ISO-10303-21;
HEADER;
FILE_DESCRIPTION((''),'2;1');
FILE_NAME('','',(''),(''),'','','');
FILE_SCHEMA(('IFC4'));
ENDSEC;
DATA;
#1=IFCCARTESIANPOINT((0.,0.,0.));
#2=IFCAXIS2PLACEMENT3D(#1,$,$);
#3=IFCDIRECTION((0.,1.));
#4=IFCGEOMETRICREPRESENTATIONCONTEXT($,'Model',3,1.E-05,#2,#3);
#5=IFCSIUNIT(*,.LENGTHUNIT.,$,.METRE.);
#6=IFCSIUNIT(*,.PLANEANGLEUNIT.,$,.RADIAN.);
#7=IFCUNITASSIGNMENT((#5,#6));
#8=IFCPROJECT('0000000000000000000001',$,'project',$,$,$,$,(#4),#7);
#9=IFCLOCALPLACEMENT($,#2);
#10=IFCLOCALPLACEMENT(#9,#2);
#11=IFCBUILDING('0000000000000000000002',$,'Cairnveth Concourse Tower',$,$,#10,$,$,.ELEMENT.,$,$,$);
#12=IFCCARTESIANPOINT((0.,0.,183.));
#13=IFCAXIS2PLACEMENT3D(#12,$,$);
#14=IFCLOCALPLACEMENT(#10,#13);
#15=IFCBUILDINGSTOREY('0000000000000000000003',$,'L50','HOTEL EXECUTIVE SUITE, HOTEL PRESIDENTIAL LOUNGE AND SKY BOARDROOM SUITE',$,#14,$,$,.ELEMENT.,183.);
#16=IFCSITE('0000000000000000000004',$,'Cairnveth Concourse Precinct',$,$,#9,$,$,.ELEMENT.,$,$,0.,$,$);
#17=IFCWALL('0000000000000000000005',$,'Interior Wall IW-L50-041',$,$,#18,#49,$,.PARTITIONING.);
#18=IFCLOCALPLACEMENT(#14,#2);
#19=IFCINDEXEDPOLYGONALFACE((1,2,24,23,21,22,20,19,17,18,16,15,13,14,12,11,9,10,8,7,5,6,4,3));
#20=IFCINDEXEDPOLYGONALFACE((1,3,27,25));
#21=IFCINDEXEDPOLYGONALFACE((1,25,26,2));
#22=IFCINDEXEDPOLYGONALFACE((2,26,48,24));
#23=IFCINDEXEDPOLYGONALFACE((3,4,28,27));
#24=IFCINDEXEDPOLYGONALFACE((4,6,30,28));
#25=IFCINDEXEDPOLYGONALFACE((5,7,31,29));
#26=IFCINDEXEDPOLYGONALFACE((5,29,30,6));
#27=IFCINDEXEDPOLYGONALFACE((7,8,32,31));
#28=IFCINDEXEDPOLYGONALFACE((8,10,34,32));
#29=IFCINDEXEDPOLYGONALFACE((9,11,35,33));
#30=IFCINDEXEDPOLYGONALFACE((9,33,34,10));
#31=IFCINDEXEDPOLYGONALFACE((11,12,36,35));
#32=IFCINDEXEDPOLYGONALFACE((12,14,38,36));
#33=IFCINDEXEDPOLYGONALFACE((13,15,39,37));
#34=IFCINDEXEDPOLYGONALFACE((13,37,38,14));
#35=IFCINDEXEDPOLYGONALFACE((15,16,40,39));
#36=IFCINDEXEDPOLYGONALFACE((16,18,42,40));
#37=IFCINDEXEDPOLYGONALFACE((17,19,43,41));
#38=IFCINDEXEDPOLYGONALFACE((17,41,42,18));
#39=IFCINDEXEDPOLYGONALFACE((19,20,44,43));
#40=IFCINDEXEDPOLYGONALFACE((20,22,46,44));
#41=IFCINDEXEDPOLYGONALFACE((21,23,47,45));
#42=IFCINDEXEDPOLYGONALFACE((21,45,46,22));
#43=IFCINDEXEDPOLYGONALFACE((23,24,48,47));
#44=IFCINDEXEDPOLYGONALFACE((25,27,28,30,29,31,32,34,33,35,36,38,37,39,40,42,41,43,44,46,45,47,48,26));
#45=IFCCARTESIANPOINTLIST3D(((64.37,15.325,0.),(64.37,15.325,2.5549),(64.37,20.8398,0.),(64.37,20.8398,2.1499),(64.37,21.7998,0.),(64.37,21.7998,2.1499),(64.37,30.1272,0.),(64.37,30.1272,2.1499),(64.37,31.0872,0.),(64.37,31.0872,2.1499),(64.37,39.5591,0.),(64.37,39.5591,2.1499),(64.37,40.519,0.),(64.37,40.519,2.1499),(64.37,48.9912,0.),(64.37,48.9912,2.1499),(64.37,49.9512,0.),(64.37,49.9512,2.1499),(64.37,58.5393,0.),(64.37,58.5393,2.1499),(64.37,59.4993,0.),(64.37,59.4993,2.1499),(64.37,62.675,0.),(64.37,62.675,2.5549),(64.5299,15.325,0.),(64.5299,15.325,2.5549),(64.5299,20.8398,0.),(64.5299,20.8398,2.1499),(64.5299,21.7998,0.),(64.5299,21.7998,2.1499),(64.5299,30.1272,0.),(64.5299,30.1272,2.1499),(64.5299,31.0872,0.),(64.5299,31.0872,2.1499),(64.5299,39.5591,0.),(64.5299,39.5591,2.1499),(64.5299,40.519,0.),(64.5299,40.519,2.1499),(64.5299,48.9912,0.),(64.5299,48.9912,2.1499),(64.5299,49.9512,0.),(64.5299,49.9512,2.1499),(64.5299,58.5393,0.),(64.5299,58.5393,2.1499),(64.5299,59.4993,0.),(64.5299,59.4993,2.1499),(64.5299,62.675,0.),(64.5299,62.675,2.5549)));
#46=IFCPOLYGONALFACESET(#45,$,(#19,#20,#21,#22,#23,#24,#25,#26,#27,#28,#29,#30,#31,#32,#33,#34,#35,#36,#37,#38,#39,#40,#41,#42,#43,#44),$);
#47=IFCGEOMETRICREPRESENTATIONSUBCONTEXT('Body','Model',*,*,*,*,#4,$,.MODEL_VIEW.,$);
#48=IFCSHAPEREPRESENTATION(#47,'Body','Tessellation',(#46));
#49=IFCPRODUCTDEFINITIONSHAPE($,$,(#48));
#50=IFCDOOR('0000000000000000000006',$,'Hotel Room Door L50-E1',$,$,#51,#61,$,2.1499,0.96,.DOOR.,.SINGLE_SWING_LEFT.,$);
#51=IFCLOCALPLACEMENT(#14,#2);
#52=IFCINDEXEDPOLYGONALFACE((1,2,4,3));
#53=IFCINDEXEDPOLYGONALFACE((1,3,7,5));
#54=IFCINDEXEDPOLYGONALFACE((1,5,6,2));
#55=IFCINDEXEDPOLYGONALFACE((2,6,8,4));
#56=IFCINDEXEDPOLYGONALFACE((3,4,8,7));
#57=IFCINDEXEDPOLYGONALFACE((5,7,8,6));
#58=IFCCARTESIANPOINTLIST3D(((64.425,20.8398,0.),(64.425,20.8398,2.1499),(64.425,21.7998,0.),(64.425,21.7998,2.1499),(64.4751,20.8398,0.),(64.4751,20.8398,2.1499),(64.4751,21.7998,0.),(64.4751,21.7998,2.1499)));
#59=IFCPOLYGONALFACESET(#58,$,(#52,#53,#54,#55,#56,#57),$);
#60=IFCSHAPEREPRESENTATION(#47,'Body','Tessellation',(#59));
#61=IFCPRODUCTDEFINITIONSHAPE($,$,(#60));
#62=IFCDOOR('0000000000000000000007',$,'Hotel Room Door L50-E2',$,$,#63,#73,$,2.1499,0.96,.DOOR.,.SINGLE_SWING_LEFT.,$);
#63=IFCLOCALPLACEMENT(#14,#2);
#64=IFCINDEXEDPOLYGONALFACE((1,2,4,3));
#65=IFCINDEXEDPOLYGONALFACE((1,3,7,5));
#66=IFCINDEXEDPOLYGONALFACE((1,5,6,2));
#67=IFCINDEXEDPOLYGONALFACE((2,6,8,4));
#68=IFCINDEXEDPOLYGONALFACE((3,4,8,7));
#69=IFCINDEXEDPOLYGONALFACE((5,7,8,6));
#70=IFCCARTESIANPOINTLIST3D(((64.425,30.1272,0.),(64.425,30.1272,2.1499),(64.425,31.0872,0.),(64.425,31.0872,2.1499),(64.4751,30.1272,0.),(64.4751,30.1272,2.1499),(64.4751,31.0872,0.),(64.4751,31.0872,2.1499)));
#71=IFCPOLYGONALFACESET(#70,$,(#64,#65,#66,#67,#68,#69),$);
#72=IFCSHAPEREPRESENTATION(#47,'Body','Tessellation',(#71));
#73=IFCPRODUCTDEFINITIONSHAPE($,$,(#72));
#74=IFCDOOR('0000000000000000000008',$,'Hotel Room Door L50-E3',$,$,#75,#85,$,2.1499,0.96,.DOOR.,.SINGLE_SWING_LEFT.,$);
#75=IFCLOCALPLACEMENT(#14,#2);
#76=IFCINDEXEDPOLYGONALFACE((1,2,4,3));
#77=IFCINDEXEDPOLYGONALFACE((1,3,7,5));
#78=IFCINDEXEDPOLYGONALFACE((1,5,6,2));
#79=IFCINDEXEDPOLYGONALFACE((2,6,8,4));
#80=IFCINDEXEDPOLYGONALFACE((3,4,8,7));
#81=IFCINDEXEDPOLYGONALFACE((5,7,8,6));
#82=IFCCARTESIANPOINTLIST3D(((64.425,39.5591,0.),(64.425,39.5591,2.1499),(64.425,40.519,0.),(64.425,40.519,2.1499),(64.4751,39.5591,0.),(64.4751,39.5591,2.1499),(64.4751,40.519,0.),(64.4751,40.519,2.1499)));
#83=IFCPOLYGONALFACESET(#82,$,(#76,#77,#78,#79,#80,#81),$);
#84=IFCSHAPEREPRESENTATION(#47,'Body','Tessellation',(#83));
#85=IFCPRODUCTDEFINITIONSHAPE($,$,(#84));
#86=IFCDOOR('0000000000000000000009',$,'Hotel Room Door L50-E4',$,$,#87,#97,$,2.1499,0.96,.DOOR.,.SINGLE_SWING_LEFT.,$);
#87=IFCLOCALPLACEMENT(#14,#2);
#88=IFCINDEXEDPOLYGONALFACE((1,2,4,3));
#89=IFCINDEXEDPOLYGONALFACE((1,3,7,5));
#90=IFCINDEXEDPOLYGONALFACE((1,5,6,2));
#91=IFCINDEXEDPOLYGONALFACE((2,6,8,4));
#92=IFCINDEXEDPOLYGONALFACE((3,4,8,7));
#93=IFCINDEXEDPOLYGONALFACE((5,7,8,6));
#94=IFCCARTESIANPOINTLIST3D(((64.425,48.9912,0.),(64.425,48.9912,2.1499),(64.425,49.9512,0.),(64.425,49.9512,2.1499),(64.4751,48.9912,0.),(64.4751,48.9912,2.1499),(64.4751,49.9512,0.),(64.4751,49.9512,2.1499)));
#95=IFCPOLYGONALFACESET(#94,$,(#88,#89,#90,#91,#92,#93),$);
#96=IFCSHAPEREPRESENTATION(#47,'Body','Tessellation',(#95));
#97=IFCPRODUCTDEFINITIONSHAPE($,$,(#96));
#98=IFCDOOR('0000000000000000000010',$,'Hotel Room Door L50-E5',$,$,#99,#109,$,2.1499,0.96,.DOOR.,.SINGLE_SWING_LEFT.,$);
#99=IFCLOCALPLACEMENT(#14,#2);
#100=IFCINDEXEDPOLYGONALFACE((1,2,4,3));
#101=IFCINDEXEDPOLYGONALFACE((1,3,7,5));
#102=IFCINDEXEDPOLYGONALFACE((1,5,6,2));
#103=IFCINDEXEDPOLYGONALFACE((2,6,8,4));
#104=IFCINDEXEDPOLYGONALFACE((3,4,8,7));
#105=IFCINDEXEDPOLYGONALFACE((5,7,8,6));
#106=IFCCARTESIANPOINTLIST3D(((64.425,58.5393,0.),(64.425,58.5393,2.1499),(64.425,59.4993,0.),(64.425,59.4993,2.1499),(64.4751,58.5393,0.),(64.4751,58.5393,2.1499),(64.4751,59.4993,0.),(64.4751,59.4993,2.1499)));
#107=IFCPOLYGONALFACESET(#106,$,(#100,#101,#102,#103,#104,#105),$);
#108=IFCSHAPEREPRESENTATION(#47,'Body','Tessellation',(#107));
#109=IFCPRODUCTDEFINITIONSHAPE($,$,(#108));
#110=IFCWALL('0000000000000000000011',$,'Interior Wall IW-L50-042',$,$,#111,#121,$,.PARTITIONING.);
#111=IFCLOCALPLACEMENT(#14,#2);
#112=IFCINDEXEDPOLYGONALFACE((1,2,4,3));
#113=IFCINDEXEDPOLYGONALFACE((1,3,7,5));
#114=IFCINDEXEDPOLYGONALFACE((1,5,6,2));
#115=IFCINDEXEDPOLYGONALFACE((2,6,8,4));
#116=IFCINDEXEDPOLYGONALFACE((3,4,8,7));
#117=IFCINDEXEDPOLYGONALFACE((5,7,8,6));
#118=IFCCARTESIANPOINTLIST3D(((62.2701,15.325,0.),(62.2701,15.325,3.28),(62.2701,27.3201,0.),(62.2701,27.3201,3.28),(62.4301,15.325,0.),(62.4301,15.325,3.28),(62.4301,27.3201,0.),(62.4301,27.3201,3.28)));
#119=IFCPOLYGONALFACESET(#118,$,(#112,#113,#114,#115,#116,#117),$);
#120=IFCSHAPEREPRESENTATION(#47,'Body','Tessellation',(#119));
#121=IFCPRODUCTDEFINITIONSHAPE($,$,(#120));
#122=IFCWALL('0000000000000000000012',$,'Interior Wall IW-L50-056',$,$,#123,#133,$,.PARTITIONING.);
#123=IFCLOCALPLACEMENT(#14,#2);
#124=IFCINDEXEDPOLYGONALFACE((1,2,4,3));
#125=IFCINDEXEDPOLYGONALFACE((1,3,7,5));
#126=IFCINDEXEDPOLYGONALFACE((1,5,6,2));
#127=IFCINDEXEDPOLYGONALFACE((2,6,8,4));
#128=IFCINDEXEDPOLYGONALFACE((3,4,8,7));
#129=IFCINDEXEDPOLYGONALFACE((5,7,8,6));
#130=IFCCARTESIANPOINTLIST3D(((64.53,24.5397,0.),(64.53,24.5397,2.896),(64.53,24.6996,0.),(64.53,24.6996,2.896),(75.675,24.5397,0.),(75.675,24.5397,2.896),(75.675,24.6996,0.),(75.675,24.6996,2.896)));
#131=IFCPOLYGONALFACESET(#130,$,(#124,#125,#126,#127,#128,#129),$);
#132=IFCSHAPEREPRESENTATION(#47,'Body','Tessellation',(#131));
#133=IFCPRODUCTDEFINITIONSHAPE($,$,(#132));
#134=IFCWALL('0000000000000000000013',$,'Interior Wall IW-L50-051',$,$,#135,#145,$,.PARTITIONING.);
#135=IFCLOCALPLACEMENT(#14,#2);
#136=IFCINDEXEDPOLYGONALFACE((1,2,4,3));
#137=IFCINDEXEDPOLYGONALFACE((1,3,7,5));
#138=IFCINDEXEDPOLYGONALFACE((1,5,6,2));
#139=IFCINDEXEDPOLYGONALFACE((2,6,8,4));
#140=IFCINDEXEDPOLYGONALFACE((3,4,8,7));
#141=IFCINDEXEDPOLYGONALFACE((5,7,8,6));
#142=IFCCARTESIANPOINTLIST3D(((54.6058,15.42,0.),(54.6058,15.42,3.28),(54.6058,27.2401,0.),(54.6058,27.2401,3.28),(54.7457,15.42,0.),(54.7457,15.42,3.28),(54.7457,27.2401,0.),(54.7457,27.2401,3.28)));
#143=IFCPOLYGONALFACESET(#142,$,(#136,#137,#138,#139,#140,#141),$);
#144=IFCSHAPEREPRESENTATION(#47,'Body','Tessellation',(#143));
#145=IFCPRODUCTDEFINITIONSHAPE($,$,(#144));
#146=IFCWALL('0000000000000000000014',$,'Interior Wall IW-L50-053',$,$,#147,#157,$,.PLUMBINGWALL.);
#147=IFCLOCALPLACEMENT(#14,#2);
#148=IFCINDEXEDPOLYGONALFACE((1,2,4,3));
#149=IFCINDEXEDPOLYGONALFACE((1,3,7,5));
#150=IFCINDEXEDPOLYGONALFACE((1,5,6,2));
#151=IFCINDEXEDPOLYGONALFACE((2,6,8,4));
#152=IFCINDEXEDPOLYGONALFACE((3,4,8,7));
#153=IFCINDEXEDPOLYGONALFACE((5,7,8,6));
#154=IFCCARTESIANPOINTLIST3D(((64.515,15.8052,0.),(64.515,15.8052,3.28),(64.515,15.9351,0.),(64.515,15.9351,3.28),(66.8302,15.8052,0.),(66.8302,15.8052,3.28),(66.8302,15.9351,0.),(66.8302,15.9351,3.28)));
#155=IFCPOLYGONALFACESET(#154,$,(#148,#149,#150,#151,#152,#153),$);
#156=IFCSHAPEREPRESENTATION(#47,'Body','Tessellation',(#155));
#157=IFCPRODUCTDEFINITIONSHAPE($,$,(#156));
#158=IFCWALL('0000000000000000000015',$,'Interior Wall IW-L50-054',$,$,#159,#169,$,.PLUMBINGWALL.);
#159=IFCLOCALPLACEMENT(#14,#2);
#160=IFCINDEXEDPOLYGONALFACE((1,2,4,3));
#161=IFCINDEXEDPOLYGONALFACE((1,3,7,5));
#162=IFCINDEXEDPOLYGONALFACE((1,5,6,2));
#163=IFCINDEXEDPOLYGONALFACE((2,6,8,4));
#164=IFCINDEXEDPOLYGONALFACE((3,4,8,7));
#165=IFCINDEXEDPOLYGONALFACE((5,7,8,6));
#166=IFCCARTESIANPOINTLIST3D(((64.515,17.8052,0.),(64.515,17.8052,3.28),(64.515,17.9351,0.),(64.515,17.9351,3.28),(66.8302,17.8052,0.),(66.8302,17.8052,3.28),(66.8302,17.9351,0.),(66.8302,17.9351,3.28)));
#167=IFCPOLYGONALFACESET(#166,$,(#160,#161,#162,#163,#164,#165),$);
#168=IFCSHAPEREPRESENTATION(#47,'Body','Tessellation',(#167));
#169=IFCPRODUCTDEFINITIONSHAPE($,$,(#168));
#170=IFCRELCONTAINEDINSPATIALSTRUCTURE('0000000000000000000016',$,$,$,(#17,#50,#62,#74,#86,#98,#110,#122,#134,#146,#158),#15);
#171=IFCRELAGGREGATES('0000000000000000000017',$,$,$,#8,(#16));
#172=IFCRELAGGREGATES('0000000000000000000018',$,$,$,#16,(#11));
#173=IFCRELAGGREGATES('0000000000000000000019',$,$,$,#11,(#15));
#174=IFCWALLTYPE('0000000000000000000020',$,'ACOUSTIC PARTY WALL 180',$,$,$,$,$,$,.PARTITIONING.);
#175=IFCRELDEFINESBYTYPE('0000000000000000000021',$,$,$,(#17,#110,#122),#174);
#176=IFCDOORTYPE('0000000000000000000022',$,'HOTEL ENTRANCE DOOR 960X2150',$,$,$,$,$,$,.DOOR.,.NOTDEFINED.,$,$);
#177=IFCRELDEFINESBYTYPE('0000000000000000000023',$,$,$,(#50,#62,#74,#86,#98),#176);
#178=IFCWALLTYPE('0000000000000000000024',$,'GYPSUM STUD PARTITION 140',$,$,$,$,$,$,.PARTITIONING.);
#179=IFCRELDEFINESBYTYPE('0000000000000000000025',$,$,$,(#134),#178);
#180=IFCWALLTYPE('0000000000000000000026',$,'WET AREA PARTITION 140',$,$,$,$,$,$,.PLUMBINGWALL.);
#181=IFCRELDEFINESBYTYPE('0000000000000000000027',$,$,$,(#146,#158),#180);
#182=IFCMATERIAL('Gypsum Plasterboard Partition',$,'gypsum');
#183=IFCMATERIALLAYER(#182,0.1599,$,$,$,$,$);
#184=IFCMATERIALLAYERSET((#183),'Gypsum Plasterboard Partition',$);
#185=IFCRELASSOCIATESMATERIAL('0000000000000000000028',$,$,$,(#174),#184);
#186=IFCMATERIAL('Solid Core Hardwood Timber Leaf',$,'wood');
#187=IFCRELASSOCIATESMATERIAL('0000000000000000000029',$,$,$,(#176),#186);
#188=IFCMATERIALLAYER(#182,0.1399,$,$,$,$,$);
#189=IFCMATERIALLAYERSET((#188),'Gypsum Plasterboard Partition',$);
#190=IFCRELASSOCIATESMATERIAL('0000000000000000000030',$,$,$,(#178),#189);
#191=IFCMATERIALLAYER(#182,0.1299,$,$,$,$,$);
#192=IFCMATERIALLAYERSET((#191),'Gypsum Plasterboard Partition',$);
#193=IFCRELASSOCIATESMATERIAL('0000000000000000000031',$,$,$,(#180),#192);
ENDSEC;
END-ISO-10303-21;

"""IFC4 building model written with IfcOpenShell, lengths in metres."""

from ifc_helpers import new_model, si_unit, direction, frame, frame_2d, origin, place, context, subcontext, project, spatial, rectangle, extrude, material, layer, layer_set, type_object, element, fill, save


model = new_model("IFC4")

# Units and contexts
model_context = context("Model", 3, precision=1e-05, world=origin(), true_north=direction((0.0, 1.0)))
body_context = subcontext(model_context, "Body", "Model", "MODEL_VIEW")
ifc_project = project(units=[si_unit("LENGTHUNIT", "METRE"), si_unit("PLANEANGLEUNIT", "RADIAN")], contexts=[model_context])

# Site, building, storey
site_placement = place(None, origin())
site = spatial("IfcSite", under=ifc_project, at=site_placement, Name="Cairnveth Concourse Precinct", CompositionType="ELEMENT", RefElevation=0.0)
building_placement = place(site_placement, origin())
building = spatial("IfcBuilding", under=site, at=building_placement, Name="Cairnveth Concourse Tower", CompositionType="ELEMENT")
storey_placement = place(building_placement, frame((0.0, 0.0, 183.0)))
storey = spatial("IfcBuildingStorey", under=building, at=storey_placement, Name="L50", Description="HOTEL EXECUTIVE SUITE, HOTEL PRESIDENTIAL LOUNGE AND SKY BOARDROOM SUITE", CompositionType="ELEMENT", Elevation=183.0)

# Wall, openings, doors
ifc_material_1 = material(Name="Gypsum Plasterboard Partition", Category="gypsum")
ifc_layer_1 = layer(ifc_material_1, 0.1599)
ifc_layer_set_1 = layer_set([ifc_layer_1], Name="Gypsum Plasterboard Partition")
wall_type_1 = type_object("IfcWallType", Name="ACOUSTIC PARTY WALL 180", PredefinedType="PARTITIONING", material=ifc_layer_set_1)
wall_1_placement = place(storey_placement, frame((64.45, 15.325, 0.0), z_axis=(0.0, 0.0, 1.0), x_axis=(0.0, 1.0, 0.0)))
wall_1 = element("IfcWall", 1, at=wall_1_placement, inside=storey, type_object=wall_type_1, Name="Interior Wall IW-L50-041", PredefinedType="PARTITIONING", context=body_context, shape_type="SweptSolid", body=[
    extrude(rectangle(XDim=47.3501, YDim=0.1599, at=frame_2d((23.675, 0.0))), origin(), (0.0, 0.0, 1.0), 2.5549),
])
opening_1_placement = place(wall_1_placement, frame((5.5149, 0.0, 0.0)))
opening_1 = element("IfcOpeningElement", 2, at=opening_1_placement, cuts=wall_1, PredefinedType="OPENING", context=body_context, shape_type="SweptSolid", body=[
    extrude(rectangle(XDim=0.96, YDim=2.1499, at=frame_2d((0.48, 1.075))), frame((0.0, 0.0898, 0.0), z_axis=(0.0, -1.0, 0.0), x_axis=(1.0, 0.0, 0.0)), (0.0, 0.0, 1.0), 0.1799),
])
opening_2_placement = place(wall_1_placement, frame((14.8022, 0.0, 0.0)))
opening_2 = element("IfcOpeningElement", 3, at=opening_2_placement, cuts=wall_1, PredefinedType="OPENING", context=body_context, shape_type="SweptSolid", body=[
    extrude(rectangle(XDim=0.96, YDim=2.1499, at=frame_2d((0.48, 1.075))), frame((0.0, 0.0898, 0.0), z_axis=(0.0, -1.0, 0.0), x_axis=(1.0, 0.0, 0.0)), (0.0, 0.0, 1.0), 0.1799),
])
opening_3_placement = place(wall_1_placement, frame((24.2341, 0.0, 0.0)))
opening_3 = element("IfcOpeningElement", 4, at=opening_3_placement, cuts=wall_1, PredefinedType="OPENING", context=body_context, shape_type="SweptSolid", body=[
    extrude(rectangle(XDim=0.96, YDim=2.1499, at=frame_2d((0.48, 1.075))), frame((0.0, 0.0898, 0.0), z_axis=(0.0, -1.0, 0.0), x_axis=(1.0, 0.0, 0.0)), (0.0, 0.0, 1.0), 0.1799),
])
opening_4_placement = place(wall_1_placement, frame((33.6663, 0.0, 0.0)))
opening_4 = element("IfcOpeningElement", 5, at=opening_4_placement, cuts=wall_1, PredefinedType="OPENING", context=body_context, shape_type="SweptSolid", body=[
    extrude(rectangle(XDim=0.96, YDim=2.1499, at=frame_2d((0.48, 1.075))), frame((0.0, 0.0898, 0.0), z_axis=(0.0, -1.0, 0.0), x_axis=(1.0, 0.0, 0.0)), (0.0, 0.0, 1.0), 0.1799),
])
opening_5_placement = place(wall_1_placement, frame((43.2144, 0.0, 0.0)))
opening_5 = element("IfcOpeningElement", 6, at=opening_5_placement, cuts=wall_1, PredefinedType="OPENING", context=body_context, shape_type="SweptSolid", body=[
    extrude(rectangle(XDim=0.96, YDim=2.1499, at=frame_2d((0.48, 1.075))), frame((0.0, 0.0898, 0.0), z_axis=(0.0, -1.0, 0.0), x_axis=(1.0, 0.0, 0.0)), (0.0, 0.0, 1.0), 0.1799),
])
ifc_material_2 = material(Name="Solid Core Hardwood Timber Leaf", Category="wood")
door_type_1 = type_object("IfcDoorType", Name="HOTEL ENTRANCE DOOR 960X2150", OperationType="NOTDEFINED", PredefinedType="DOOR", material=ifc_material_2)
door_1_placement = place(opening_1_placement, origin())
door_1 = element("IfcDoor", 7, at=door_1_placement, inside=storey, type_object=door_type_1, Name="Hotel Room Door L50-E1", OperationType="SINGLE_SWING_LEFT", OverallHeight=2.1499, OverallWidth=0.96, PredefinedType="DOOR", context=body_context, shape_type="SweptSolid", body=[
    extrude(rectangle(XDim=0.96, YDim=2.1499, at=frame_2d((0.48, 1.075))), frame((0.0, 0.0249, 0.0), z_axis=(0.0, -1.0, 0.0), x_axis=(1.0, 0.0, 0.0)), (0.0, 0.0, 1.0), 0.05),
])
fill(opening_1, door_1)
door_2_placement = place(opening_2_placement, origin())
door_2 = element("IfcDoor", 8, at=door_2_placement, inside=storey, type_object=door_type_1, Name="Hotel Room Door L50-E2", OperationType="SINGLE_SWING_LEFT", OverallHeight=2.1499, OverallWidth=0.96, PredefinedType="DOOR", context=body_context, shape_type="SweptSolid", body=[
    extrude(rectangle(XDim=0.96, YDim=2.1499, at=frame_2d((0.48, 1.075))), frame((0.0, 0.0249, 0.0), z_axis=(0.0, -1.0, 0.0), x_axis=(1.0, 0.0, 0.0)), (0.0, 0.0, 1.0), 0.05),
])
fill(opening_2, door_2)
door_3_placement = place(opening_3_placement, origin())
door_3 = element("IfcDoor", 9, at=door_3_placement, inside=storey, type_object=door_type_1, Name="Hotel Room Door L50-E3", OperationType="SINGLE_SWING_LEFT", OverallHeight=2.1499, OverallWidth=0.96, PredefinedType="DOOR", context=body_context, shape_type="SweptSolid", body=[
    extrude(rectangle(XDim=0.96, YDim=2.1499, at=frame_2d((0.48, 1.075))), frame((0.0, 0.0249, 0.0), z_axis=(0.0, -1.0, 0.0), x_axis=(1.0, 0.0, 0.0)), (0.0, 0.0, 1.0), 0.05),
])
fill(opening_3, door_3)
door_4_placement = place(opening_4_placement, origin())
door_4 = element("IfcDoor", 10, at=door_4_placement, inside=storey, type_object=door_type_1, Name="Hotel Room Door L50-E4", OperationType="SINGLE_SWING_LEFT", OverallHeight=2.1499, OverallWidth=0.96, PredefinedType="DOOR", context=body_context, shape_type="SweptSolid", body=[
    extrude(rectangle(XDim=0.96, YDim=2.1499, at=frame_2d((0.48, 1.075))), frame((0.0, 0.0249, 0.0), z_axis=(0.0, -1.0, 0.0), x_axis=(1.0, 0.0, 0.0)), (0.0, 0.0, 1.0), 0.05),
])
fill(opening_4, door_4)
door_5_placement = place(opening_5_placement, origin())
door_5 = element("IfcDoor", 11, at=door_5_placement, inside=storey, type_object=door_type_1, Name="Hotel Room Door L50-E5", OperationType="SINGLE_SWING_LEFT", OverallHeight=2.1499, OverallWidth=0.96, PredefinedType="DOOR", context=body_context, shape_type="SweptSolid", body=[
    extrude(rectangle(XDim=0.96, YDim=2.1499, at=frame_2d((0.48, 1.075))), frame((0.0, 0.0249, 0.0), z_axis=(0.0, -1.0, 0.0), x_axis=(1.0, 0.0, 0.0)), (0.0, 0.0, 1.0), 0.05),
])
fill(opening_5, door_5)

# Walls
wall_2_placement = place(storey_placement, frame((62.3501, 15.325, 0.0), z_axis=(0.0, 0.0, 1.0), x_axis=(0.0, 1.0, 0.0)))
element("IfcWall", 12, at=wall_2_placement, inside=storey, type_object=wall_type_1, Name="Interior Wall IW-L50-042", PredefinedType="PARTITIONING", context=body_context, shape_type="SweptSolid", body=[
    extrude(rectangle(XDim=11.9951, YDim=0.1599, at=frame_2d((5.9976, 0.0))), origin(), (0.0, 0.0, 1.0), 3.28),
])
wall_3_placement = place(storey_placement, frame((64.53, 24.6196, 0.0), z_axis=(0.0, 0.0, 1.0), x_axis=(1.0, 0.0, 0.0)))
element("IfcWall", 13, at=wall_3_placement, inside=storey, type_object=wall_type_1, Name="Interior Wall IW-L50-056", PredefinedType="PARTITIONING", context=body_context, shape_type="SweptSolid", body=[
    extrude(rectangle(XDim=11.145, YDim=0.1599, at=frame_2d((5.5725, 0.0))), origin(), (0.0, 0.0, 1.0), 2.896),
])
ifc_layer_2 = layer(ifc_material_1, 0.1399)
ifc_layer_set_2 = layer_set([ifc_layer_2], Name="Gypsum Plasterboard Partition")
wall_type_2 = type_object("IfcWallType", Name="GYPSUM STUD PARTITION 140", PredefinedType="PARTITIONING", material=ifc_layer_set_2)
wall_4_placement = place(storey_placement, frame((54.6758, 15.4199, 0.0), z_axis=(0.0, 0.0, 1.0), x_axis=(0.0, 1.0, 0.0)))
element("IfcWall", 14, at=wall_4_placement, inside=storey, type_object=wall_type_2, Name="Interior Wall IW-L50-051", PredefinedType="PARTITIONING", context=body_context, shape_type="SweptSolid", body=[
    extrude(rectangle(XDim=11.8201, YDim=0.1399, at=frame_2d((5.9102, 0.0))), origin(), (0.0, 0.0, 1.0), 3.28),
])
ifc_layer_3 = layer(ifc_material_1, 0.1299)
ifc_layer_set_3 = layer_set([ifc_layer_3], Name="Gypsum Plasterboard Partition")
wall_type_3 = type_object("IfcWallType", Name="WET AREA PARTITION 140", PredefinedType="PLUMBINGWALL", material=ifc_layer_set_3)
for number, where, z_axis, x_axis, name in (
    (15, (64.5149, 15.8701, 0.0), (0.0, 0.0, 1.0), (1.0, 0.0, 0.0), "Interior Wall IW-L50-053"),
    (16, (64.5149, 17.8701, 0.0), (0.0, 0.0, 1.0), (1.0, 0.0, 0.0), "Interior Wall IW-L50-054"),
):
    element("IfcWall", number, at=place(storey_placement, frame(where, z_axis=z_axis, x_axis=x_axis)), inside=storey, type_object=wall_type_3, Name=name, PredefinedType="PLUMBINGWALL", context=body_context, shape_type="SweptSolid", body=[
        extrude(rectangle(XDim=2.3152, YDim=0.1299, at=frame_2d((1.1577, 0.0))), origin(), (0.0, 0.0, 1.0), 3.28),
    ])

save(model, "model.ifc")
